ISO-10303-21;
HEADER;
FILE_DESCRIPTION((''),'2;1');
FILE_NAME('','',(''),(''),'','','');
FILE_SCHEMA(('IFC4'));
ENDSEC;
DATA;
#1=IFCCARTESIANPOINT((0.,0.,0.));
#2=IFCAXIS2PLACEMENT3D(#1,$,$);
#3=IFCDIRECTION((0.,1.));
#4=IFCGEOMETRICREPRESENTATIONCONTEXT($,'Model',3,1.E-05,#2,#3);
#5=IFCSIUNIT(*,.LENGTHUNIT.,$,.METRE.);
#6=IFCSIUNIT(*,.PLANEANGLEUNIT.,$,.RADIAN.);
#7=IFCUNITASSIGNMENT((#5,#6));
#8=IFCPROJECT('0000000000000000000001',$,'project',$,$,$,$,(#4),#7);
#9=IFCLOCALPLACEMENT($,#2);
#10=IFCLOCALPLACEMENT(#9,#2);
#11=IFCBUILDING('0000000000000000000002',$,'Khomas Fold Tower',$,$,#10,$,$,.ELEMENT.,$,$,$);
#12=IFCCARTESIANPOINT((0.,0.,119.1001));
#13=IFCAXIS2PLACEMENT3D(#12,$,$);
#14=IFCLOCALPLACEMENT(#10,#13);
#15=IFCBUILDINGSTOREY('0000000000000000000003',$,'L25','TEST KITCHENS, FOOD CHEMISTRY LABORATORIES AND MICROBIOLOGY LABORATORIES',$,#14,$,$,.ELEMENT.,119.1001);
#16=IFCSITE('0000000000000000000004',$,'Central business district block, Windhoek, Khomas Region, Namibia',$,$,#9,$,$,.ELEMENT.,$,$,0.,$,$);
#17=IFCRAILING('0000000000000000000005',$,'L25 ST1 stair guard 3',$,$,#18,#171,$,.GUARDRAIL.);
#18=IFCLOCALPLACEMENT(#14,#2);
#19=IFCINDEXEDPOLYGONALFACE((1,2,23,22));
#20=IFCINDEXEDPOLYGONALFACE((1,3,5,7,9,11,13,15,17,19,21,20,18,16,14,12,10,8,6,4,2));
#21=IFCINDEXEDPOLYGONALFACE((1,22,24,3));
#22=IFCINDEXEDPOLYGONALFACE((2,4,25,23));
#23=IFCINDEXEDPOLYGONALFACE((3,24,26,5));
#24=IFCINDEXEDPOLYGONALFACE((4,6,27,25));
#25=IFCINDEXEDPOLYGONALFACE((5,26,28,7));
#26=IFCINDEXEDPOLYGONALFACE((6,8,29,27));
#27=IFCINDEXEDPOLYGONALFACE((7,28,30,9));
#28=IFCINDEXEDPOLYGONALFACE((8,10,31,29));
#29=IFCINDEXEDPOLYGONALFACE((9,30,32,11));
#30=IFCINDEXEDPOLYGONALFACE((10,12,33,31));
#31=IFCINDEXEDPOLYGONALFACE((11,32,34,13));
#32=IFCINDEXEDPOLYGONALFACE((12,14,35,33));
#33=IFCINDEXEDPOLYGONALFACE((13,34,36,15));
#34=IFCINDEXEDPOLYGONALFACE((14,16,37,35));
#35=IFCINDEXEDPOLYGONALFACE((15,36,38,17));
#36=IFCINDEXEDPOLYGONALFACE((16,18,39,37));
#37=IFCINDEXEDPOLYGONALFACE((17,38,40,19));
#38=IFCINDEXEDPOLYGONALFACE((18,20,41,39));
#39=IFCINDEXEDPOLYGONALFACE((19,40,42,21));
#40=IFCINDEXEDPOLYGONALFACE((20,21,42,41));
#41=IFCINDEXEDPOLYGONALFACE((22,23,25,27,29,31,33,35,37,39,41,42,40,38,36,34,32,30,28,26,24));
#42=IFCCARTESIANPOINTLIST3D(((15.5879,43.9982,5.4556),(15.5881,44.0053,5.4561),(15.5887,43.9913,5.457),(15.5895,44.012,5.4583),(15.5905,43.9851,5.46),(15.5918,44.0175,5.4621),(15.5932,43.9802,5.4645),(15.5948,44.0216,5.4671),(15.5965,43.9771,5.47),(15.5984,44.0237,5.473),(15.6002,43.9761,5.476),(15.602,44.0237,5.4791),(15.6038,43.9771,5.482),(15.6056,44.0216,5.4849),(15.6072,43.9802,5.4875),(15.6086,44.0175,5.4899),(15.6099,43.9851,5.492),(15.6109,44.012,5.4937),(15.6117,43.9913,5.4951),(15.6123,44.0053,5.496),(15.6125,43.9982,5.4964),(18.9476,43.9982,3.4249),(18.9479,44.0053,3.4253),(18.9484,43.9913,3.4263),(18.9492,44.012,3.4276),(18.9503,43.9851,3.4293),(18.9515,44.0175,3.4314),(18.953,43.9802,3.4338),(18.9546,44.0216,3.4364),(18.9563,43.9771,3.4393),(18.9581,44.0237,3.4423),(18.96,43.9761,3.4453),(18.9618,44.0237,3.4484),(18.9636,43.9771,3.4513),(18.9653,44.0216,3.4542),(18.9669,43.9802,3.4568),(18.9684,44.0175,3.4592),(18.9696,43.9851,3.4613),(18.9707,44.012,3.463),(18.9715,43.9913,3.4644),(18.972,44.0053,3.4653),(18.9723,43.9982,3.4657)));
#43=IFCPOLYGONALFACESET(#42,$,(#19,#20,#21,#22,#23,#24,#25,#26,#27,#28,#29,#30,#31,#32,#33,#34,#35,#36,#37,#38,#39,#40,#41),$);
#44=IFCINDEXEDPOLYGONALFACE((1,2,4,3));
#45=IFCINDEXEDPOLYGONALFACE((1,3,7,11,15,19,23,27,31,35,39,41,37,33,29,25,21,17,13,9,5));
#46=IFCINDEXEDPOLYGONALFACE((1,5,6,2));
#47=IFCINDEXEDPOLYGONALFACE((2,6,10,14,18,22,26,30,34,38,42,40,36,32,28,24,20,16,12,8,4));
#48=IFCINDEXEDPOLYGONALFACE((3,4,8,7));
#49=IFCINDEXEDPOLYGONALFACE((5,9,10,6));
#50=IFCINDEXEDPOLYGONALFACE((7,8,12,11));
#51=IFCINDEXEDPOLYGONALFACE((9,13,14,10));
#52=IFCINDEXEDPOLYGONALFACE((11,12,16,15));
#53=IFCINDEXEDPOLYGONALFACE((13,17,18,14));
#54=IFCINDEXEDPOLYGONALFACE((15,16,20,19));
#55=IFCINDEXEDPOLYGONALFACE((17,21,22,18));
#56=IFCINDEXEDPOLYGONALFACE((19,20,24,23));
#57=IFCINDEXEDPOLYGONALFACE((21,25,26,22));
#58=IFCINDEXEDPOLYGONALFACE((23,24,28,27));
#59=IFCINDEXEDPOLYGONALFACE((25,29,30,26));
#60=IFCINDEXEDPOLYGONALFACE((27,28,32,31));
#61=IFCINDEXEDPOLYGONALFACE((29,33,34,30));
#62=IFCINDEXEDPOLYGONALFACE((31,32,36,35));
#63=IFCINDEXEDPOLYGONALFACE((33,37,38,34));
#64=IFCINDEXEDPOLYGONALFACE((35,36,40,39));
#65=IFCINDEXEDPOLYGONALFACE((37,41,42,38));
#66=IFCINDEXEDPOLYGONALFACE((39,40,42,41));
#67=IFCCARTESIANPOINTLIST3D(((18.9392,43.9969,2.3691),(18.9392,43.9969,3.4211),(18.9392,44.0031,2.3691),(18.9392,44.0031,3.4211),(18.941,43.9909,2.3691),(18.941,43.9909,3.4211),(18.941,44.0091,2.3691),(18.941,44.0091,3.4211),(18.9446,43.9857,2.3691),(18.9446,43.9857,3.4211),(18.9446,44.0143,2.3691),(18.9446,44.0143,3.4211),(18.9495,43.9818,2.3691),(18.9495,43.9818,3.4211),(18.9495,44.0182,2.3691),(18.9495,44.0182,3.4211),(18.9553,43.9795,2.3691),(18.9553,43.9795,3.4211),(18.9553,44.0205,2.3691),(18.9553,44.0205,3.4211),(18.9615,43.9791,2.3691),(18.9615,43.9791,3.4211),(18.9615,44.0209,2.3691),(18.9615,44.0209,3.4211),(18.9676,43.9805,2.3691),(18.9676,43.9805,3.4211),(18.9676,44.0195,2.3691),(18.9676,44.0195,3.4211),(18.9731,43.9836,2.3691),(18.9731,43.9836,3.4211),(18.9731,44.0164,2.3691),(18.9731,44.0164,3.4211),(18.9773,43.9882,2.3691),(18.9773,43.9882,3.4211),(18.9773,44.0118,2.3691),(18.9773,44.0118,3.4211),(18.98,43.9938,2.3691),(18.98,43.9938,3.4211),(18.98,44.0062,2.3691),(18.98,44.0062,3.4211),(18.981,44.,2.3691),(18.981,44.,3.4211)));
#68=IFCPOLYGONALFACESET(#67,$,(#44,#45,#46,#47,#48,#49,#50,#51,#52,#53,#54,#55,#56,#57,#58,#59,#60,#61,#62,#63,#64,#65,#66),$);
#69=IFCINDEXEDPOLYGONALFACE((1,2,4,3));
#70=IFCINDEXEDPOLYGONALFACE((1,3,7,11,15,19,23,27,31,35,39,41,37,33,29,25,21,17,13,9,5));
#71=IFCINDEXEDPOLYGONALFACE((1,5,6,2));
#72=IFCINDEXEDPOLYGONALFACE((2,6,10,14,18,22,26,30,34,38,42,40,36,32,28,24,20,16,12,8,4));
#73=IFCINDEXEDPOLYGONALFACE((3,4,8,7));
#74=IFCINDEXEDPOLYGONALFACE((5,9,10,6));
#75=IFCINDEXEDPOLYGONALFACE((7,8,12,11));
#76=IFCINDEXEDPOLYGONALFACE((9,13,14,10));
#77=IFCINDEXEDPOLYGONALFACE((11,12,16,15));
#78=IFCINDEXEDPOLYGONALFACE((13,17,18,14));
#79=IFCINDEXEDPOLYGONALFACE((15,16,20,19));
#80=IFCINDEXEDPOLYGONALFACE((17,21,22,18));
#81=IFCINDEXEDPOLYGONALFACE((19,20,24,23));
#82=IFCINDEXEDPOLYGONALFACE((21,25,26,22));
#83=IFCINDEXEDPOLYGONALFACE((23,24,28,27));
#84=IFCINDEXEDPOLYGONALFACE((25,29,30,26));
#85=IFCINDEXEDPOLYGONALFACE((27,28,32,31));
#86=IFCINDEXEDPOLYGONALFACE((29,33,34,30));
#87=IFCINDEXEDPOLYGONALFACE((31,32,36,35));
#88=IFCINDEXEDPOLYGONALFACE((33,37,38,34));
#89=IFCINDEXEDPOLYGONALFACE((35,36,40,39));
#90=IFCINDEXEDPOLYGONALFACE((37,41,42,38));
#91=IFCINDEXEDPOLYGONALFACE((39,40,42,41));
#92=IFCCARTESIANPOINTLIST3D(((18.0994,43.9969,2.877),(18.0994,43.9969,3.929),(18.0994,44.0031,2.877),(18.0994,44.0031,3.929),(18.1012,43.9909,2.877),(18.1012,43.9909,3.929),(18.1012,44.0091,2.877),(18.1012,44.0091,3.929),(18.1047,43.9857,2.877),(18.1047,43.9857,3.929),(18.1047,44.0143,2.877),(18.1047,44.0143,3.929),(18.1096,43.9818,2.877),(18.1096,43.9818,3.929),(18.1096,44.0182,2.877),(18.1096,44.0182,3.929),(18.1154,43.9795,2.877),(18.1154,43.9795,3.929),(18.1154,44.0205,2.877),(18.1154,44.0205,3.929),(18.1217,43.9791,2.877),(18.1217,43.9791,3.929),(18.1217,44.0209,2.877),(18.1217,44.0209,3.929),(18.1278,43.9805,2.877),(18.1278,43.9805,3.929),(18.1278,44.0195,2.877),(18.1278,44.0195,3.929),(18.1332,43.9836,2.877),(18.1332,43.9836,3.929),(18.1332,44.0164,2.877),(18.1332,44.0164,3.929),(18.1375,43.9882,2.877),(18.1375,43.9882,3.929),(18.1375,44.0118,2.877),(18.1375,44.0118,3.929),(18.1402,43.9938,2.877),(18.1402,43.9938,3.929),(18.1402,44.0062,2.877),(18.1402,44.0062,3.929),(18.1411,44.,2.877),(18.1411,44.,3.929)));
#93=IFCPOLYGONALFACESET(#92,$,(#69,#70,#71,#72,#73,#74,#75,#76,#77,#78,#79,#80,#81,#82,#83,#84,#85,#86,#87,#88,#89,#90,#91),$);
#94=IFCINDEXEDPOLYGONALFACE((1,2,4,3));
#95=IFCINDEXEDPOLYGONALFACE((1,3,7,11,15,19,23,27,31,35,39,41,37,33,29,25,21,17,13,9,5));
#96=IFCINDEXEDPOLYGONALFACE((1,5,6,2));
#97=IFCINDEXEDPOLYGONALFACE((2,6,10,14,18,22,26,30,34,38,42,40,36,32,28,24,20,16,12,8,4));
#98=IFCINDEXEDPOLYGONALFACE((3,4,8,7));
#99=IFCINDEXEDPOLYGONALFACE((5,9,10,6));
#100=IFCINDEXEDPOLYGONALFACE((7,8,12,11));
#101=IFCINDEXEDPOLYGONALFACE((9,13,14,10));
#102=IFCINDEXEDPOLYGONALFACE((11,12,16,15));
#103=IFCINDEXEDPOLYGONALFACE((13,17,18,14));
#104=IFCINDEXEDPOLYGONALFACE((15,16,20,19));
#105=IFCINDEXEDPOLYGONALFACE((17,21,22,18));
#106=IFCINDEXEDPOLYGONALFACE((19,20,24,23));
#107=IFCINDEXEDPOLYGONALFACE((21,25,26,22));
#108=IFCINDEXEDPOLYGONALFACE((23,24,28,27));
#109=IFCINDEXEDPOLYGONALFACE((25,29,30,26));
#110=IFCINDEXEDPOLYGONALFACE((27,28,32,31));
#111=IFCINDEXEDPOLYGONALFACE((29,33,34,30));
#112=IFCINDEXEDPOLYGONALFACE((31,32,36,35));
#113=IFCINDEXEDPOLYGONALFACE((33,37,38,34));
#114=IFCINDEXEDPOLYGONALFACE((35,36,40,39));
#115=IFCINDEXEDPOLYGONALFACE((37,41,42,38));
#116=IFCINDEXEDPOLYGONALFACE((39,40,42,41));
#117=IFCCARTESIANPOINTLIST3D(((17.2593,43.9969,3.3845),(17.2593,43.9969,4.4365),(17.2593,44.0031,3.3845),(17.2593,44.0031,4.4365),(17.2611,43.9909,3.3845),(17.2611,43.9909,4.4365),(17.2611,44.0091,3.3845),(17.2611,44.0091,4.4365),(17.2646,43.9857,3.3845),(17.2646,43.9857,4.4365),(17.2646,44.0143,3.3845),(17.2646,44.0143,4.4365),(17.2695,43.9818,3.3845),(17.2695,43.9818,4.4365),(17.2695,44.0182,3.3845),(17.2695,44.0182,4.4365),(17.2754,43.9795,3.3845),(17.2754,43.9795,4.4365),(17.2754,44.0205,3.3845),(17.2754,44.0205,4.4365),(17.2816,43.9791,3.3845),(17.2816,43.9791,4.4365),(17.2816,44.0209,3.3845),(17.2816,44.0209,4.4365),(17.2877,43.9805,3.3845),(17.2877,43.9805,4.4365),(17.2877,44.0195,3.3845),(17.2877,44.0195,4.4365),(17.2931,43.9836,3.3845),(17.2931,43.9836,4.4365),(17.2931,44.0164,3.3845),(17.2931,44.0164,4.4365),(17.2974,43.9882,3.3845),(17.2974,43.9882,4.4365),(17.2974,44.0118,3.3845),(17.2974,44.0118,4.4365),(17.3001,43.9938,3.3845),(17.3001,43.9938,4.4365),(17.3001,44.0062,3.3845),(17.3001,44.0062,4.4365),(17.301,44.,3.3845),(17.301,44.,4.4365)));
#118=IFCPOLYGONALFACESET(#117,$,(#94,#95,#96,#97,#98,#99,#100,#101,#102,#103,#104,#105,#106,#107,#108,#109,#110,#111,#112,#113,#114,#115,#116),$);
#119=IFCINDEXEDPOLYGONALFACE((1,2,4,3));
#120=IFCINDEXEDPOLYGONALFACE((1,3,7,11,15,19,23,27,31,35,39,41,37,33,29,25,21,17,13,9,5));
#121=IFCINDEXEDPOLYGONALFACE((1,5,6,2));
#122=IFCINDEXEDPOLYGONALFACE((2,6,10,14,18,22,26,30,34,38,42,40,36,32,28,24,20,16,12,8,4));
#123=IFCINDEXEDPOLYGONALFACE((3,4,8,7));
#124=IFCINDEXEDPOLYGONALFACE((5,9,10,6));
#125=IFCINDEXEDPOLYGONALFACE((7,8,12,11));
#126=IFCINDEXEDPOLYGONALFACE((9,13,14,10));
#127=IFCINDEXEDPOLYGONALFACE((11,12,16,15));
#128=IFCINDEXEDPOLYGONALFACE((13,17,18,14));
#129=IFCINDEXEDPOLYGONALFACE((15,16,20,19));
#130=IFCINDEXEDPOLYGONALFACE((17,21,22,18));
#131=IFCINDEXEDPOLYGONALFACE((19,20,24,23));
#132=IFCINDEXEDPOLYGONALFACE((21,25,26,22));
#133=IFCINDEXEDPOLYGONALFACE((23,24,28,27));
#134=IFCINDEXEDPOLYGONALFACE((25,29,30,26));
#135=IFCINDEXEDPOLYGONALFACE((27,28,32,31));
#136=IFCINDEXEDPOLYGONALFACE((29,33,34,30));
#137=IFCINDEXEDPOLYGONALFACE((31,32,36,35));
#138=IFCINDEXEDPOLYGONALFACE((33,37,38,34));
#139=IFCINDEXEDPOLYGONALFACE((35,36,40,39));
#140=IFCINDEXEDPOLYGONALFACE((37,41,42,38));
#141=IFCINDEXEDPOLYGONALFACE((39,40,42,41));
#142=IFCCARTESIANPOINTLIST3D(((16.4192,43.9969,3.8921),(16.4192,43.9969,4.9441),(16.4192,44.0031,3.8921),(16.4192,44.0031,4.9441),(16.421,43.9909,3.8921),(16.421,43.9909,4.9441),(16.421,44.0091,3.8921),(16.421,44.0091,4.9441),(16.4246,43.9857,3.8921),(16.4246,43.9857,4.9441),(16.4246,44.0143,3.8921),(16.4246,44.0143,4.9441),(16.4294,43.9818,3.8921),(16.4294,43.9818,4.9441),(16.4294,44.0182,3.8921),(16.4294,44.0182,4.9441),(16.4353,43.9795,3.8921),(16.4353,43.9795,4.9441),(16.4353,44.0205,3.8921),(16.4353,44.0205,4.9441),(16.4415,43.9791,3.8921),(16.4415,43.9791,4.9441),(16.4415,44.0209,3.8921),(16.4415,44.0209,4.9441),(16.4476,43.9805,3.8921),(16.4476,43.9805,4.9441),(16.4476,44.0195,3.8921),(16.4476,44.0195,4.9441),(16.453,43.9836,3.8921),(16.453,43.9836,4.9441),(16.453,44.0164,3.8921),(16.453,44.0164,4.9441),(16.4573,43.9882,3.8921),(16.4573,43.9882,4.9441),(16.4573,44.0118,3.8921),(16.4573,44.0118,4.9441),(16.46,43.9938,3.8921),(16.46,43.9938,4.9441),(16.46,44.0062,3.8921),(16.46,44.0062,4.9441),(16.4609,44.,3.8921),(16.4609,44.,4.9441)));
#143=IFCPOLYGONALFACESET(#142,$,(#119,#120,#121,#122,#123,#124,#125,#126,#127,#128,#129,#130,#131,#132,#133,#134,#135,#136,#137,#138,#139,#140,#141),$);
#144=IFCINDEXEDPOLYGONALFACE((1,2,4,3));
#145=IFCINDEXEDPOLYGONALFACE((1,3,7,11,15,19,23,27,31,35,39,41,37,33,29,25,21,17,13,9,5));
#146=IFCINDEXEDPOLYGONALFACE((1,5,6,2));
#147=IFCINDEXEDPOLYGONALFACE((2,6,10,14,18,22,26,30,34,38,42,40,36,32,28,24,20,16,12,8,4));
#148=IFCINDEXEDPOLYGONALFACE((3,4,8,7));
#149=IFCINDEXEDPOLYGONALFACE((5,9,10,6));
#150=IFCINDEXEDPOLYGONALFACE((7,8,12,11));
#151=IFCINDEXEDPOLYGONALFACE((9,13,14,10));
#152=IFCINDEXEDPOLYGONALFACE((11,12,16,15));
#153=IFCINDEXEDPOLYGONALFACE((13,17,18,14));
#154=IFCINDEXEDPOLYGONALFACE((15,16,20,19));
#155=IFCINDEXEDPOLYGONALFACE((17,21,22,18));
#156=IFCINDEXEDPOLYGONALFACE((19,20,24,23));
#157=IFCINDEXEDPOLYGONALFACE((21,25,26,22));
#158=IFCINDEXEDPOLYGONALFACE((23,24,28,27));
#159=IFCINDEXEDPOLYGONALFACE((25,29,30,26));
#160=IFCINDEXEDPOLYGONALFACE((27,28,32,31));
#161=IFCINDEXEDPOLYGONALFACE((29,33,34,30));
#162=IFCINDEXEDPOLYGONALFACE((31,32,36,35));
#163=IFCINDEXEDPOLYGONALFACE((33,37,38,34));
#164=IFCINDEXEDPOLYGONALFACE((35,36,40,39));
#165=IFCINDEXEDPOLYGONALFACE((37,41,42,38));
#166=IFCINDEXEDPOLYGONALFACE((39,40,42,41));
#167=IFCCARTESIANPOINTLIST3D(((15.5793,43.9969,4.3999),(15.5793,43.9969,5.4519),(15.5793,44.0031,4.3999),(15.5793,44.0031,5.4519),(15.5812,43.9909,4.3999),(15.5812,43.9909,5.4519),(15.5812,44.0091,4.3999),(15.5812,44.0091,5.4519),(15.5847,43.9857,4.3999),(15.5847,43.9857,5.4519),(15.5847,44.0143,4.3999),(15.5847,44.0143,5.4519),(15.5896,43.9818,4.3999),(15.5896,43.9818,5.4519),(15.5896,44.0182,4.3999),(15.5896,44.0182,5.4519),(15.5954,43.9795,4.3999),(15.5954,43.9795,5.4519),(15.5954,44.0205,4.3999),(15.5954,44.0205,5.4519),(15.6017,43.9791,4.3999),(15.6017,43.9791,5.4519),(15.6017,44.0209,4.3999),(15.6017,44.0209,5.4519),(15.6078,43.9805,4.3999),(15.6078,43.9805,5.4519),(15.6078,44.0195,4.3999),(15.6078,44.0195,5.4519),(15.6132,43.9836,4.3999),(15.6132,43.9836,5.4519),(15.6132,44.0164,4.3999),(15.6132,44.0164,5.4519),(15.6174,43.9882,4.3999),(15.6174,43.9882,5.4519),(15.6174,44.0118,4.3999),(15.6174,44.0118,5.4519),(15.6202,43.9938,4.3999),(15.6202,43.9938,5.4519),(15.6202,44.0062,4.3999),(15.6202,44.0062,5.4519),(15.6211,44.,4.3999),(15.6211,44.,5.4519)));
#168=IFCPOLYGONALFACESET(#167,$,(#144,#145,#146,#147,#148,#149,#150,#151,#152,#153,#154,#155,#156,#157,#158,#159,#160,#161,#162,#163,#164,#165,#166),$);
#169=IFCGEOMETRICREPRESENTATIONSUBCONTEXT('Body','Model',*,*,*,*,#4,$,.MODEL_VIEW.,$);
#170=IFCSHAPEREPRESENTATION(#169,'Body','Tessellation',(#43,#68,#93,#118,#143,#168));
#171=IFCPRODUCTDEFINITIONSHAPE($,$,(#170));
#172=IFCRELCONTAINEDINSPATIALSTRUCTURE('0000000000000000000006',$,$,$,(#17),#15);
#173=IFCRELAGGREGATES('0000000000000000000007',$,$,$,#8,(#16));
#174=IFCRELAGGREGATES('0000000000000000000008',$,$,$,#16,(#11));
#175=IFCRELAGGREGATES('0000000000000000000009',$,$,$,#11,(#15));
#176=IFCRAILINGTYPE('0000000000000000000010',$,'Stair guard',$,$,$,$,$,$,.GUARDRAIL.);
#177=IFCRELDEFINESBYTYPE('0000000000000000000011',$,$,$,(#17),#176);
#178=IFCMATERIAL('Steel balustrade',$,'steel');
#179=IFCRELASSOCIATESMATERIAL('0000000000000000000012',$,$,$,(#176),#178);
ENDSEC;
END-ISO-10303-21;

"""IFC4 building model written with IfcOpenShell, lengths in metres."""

from ifc_helpers import new_model, si_unit, direction, frame, origin, origin_2d, place, context, subcontext, project, spatial, circle, extrude, source, transform, mapped, material, type_object, element, save


model = new_model("IFC4")

# Units and contexts
model_context = context("Model", 3, precision=1e-05, world=origin(), true_north=direction((0.0, 1.0)))
body_context = subcontext(model_context, "Body", "Model", "MODEL_VIEW")
ifc_project = project(units=[si_unit("LENGTHUNIT", "METRE"), si_unit("PLANEANGLEUNIT", "RADIAN")], contexts=[model_context])

# Site, building, storey
site_placement = place(None, origin())
site = spatial("IfcSite", under=ifc_project, at=site_placement, Name="Central business district block, Windhoek, Khomas Region, Namibia", CompositionType="ELEMENT", RefElevation=0.0)
building_placement = place(site_placement, origin())
building = spatial("IfcBuilding", under=site, at=building_placement, Name="Khomas Fold Tower", CompositionType="ELEMENT")
storey_placement = place(building_placement, frame((0.0, 0.0, 119.1001)))
storey = spatial("IfcBuildingStorey", under=building, at=storey_placement, Name="L25", Description="TEST KITCHENS, FOOD CHEMISTRY LABORATORIES AND MICROBIOLOGY LABORATORIES", CompositionType="ELEMENT", Elevation=119.1001)

# Railing
ifc_material_1 = material(Name="Steel balustrade", Category="steel")
railing_type_1 = type_object("IfcRailingType", Name="Stair guard", PredefinedType="GUARDRAIL", material=ifc_material_1)
shared_shape_1 = source(origin(), body_context, "Body", "SweptSolid", [
    extrude(circle(Radius=0.0239, at=origin_2d()), frame((0.0, 0.0, 1.0762), z_axis=(-0.85582, 0.0, 0.517273), x_axis=(0.0, -1.0, 0.0)), (0.0, 0.0, 1.0), 3.9258),
    extrude(circle(Radius=0.021, at=origin_2d()), origin(), (0.0, 0.0, 1.0), 1.052),
    extrude(circle(Radius=0.021, at=origin_2d()), frame((-0.8398, 0.0, 0.5078)), (0.0, 0.0, 1.0), 1.052),
    extrude(circle(Radius=0.021, at=origin_2d()), frame((-1.6799, 0.0, 1.0154)), (0.0, 0.0, 1.0), 1.052),
    extrude(circle(Radius=0.021, at=origin_2d()), frame((-2.52, 0.0, 1.5229)), (0.0, 0.0, 1.0), 1.052),
    extrude(circle(Radius=0.021, at=origin_2d()), frame((-3.3599, 0.0, 2.0308)), (0.0, 0.0, 1.0), 1.052),
])
railing_1_placement = place(storey_placement, frame((18.96, 44.0, 2.3691)))
element("IfcRailing", 1, at=railing_1_placement, inside=storey, type_object=railing_type_1, Name="L25 ST1 stair guard 3", PredefinedType="GUARDRAIL", context=body_context, shape_type="MappedRepresentation", body=[
    mapped(shared_shape_1, transform((0.0, 0.0, 0.0))),
])

save(model, "model.ifc")
